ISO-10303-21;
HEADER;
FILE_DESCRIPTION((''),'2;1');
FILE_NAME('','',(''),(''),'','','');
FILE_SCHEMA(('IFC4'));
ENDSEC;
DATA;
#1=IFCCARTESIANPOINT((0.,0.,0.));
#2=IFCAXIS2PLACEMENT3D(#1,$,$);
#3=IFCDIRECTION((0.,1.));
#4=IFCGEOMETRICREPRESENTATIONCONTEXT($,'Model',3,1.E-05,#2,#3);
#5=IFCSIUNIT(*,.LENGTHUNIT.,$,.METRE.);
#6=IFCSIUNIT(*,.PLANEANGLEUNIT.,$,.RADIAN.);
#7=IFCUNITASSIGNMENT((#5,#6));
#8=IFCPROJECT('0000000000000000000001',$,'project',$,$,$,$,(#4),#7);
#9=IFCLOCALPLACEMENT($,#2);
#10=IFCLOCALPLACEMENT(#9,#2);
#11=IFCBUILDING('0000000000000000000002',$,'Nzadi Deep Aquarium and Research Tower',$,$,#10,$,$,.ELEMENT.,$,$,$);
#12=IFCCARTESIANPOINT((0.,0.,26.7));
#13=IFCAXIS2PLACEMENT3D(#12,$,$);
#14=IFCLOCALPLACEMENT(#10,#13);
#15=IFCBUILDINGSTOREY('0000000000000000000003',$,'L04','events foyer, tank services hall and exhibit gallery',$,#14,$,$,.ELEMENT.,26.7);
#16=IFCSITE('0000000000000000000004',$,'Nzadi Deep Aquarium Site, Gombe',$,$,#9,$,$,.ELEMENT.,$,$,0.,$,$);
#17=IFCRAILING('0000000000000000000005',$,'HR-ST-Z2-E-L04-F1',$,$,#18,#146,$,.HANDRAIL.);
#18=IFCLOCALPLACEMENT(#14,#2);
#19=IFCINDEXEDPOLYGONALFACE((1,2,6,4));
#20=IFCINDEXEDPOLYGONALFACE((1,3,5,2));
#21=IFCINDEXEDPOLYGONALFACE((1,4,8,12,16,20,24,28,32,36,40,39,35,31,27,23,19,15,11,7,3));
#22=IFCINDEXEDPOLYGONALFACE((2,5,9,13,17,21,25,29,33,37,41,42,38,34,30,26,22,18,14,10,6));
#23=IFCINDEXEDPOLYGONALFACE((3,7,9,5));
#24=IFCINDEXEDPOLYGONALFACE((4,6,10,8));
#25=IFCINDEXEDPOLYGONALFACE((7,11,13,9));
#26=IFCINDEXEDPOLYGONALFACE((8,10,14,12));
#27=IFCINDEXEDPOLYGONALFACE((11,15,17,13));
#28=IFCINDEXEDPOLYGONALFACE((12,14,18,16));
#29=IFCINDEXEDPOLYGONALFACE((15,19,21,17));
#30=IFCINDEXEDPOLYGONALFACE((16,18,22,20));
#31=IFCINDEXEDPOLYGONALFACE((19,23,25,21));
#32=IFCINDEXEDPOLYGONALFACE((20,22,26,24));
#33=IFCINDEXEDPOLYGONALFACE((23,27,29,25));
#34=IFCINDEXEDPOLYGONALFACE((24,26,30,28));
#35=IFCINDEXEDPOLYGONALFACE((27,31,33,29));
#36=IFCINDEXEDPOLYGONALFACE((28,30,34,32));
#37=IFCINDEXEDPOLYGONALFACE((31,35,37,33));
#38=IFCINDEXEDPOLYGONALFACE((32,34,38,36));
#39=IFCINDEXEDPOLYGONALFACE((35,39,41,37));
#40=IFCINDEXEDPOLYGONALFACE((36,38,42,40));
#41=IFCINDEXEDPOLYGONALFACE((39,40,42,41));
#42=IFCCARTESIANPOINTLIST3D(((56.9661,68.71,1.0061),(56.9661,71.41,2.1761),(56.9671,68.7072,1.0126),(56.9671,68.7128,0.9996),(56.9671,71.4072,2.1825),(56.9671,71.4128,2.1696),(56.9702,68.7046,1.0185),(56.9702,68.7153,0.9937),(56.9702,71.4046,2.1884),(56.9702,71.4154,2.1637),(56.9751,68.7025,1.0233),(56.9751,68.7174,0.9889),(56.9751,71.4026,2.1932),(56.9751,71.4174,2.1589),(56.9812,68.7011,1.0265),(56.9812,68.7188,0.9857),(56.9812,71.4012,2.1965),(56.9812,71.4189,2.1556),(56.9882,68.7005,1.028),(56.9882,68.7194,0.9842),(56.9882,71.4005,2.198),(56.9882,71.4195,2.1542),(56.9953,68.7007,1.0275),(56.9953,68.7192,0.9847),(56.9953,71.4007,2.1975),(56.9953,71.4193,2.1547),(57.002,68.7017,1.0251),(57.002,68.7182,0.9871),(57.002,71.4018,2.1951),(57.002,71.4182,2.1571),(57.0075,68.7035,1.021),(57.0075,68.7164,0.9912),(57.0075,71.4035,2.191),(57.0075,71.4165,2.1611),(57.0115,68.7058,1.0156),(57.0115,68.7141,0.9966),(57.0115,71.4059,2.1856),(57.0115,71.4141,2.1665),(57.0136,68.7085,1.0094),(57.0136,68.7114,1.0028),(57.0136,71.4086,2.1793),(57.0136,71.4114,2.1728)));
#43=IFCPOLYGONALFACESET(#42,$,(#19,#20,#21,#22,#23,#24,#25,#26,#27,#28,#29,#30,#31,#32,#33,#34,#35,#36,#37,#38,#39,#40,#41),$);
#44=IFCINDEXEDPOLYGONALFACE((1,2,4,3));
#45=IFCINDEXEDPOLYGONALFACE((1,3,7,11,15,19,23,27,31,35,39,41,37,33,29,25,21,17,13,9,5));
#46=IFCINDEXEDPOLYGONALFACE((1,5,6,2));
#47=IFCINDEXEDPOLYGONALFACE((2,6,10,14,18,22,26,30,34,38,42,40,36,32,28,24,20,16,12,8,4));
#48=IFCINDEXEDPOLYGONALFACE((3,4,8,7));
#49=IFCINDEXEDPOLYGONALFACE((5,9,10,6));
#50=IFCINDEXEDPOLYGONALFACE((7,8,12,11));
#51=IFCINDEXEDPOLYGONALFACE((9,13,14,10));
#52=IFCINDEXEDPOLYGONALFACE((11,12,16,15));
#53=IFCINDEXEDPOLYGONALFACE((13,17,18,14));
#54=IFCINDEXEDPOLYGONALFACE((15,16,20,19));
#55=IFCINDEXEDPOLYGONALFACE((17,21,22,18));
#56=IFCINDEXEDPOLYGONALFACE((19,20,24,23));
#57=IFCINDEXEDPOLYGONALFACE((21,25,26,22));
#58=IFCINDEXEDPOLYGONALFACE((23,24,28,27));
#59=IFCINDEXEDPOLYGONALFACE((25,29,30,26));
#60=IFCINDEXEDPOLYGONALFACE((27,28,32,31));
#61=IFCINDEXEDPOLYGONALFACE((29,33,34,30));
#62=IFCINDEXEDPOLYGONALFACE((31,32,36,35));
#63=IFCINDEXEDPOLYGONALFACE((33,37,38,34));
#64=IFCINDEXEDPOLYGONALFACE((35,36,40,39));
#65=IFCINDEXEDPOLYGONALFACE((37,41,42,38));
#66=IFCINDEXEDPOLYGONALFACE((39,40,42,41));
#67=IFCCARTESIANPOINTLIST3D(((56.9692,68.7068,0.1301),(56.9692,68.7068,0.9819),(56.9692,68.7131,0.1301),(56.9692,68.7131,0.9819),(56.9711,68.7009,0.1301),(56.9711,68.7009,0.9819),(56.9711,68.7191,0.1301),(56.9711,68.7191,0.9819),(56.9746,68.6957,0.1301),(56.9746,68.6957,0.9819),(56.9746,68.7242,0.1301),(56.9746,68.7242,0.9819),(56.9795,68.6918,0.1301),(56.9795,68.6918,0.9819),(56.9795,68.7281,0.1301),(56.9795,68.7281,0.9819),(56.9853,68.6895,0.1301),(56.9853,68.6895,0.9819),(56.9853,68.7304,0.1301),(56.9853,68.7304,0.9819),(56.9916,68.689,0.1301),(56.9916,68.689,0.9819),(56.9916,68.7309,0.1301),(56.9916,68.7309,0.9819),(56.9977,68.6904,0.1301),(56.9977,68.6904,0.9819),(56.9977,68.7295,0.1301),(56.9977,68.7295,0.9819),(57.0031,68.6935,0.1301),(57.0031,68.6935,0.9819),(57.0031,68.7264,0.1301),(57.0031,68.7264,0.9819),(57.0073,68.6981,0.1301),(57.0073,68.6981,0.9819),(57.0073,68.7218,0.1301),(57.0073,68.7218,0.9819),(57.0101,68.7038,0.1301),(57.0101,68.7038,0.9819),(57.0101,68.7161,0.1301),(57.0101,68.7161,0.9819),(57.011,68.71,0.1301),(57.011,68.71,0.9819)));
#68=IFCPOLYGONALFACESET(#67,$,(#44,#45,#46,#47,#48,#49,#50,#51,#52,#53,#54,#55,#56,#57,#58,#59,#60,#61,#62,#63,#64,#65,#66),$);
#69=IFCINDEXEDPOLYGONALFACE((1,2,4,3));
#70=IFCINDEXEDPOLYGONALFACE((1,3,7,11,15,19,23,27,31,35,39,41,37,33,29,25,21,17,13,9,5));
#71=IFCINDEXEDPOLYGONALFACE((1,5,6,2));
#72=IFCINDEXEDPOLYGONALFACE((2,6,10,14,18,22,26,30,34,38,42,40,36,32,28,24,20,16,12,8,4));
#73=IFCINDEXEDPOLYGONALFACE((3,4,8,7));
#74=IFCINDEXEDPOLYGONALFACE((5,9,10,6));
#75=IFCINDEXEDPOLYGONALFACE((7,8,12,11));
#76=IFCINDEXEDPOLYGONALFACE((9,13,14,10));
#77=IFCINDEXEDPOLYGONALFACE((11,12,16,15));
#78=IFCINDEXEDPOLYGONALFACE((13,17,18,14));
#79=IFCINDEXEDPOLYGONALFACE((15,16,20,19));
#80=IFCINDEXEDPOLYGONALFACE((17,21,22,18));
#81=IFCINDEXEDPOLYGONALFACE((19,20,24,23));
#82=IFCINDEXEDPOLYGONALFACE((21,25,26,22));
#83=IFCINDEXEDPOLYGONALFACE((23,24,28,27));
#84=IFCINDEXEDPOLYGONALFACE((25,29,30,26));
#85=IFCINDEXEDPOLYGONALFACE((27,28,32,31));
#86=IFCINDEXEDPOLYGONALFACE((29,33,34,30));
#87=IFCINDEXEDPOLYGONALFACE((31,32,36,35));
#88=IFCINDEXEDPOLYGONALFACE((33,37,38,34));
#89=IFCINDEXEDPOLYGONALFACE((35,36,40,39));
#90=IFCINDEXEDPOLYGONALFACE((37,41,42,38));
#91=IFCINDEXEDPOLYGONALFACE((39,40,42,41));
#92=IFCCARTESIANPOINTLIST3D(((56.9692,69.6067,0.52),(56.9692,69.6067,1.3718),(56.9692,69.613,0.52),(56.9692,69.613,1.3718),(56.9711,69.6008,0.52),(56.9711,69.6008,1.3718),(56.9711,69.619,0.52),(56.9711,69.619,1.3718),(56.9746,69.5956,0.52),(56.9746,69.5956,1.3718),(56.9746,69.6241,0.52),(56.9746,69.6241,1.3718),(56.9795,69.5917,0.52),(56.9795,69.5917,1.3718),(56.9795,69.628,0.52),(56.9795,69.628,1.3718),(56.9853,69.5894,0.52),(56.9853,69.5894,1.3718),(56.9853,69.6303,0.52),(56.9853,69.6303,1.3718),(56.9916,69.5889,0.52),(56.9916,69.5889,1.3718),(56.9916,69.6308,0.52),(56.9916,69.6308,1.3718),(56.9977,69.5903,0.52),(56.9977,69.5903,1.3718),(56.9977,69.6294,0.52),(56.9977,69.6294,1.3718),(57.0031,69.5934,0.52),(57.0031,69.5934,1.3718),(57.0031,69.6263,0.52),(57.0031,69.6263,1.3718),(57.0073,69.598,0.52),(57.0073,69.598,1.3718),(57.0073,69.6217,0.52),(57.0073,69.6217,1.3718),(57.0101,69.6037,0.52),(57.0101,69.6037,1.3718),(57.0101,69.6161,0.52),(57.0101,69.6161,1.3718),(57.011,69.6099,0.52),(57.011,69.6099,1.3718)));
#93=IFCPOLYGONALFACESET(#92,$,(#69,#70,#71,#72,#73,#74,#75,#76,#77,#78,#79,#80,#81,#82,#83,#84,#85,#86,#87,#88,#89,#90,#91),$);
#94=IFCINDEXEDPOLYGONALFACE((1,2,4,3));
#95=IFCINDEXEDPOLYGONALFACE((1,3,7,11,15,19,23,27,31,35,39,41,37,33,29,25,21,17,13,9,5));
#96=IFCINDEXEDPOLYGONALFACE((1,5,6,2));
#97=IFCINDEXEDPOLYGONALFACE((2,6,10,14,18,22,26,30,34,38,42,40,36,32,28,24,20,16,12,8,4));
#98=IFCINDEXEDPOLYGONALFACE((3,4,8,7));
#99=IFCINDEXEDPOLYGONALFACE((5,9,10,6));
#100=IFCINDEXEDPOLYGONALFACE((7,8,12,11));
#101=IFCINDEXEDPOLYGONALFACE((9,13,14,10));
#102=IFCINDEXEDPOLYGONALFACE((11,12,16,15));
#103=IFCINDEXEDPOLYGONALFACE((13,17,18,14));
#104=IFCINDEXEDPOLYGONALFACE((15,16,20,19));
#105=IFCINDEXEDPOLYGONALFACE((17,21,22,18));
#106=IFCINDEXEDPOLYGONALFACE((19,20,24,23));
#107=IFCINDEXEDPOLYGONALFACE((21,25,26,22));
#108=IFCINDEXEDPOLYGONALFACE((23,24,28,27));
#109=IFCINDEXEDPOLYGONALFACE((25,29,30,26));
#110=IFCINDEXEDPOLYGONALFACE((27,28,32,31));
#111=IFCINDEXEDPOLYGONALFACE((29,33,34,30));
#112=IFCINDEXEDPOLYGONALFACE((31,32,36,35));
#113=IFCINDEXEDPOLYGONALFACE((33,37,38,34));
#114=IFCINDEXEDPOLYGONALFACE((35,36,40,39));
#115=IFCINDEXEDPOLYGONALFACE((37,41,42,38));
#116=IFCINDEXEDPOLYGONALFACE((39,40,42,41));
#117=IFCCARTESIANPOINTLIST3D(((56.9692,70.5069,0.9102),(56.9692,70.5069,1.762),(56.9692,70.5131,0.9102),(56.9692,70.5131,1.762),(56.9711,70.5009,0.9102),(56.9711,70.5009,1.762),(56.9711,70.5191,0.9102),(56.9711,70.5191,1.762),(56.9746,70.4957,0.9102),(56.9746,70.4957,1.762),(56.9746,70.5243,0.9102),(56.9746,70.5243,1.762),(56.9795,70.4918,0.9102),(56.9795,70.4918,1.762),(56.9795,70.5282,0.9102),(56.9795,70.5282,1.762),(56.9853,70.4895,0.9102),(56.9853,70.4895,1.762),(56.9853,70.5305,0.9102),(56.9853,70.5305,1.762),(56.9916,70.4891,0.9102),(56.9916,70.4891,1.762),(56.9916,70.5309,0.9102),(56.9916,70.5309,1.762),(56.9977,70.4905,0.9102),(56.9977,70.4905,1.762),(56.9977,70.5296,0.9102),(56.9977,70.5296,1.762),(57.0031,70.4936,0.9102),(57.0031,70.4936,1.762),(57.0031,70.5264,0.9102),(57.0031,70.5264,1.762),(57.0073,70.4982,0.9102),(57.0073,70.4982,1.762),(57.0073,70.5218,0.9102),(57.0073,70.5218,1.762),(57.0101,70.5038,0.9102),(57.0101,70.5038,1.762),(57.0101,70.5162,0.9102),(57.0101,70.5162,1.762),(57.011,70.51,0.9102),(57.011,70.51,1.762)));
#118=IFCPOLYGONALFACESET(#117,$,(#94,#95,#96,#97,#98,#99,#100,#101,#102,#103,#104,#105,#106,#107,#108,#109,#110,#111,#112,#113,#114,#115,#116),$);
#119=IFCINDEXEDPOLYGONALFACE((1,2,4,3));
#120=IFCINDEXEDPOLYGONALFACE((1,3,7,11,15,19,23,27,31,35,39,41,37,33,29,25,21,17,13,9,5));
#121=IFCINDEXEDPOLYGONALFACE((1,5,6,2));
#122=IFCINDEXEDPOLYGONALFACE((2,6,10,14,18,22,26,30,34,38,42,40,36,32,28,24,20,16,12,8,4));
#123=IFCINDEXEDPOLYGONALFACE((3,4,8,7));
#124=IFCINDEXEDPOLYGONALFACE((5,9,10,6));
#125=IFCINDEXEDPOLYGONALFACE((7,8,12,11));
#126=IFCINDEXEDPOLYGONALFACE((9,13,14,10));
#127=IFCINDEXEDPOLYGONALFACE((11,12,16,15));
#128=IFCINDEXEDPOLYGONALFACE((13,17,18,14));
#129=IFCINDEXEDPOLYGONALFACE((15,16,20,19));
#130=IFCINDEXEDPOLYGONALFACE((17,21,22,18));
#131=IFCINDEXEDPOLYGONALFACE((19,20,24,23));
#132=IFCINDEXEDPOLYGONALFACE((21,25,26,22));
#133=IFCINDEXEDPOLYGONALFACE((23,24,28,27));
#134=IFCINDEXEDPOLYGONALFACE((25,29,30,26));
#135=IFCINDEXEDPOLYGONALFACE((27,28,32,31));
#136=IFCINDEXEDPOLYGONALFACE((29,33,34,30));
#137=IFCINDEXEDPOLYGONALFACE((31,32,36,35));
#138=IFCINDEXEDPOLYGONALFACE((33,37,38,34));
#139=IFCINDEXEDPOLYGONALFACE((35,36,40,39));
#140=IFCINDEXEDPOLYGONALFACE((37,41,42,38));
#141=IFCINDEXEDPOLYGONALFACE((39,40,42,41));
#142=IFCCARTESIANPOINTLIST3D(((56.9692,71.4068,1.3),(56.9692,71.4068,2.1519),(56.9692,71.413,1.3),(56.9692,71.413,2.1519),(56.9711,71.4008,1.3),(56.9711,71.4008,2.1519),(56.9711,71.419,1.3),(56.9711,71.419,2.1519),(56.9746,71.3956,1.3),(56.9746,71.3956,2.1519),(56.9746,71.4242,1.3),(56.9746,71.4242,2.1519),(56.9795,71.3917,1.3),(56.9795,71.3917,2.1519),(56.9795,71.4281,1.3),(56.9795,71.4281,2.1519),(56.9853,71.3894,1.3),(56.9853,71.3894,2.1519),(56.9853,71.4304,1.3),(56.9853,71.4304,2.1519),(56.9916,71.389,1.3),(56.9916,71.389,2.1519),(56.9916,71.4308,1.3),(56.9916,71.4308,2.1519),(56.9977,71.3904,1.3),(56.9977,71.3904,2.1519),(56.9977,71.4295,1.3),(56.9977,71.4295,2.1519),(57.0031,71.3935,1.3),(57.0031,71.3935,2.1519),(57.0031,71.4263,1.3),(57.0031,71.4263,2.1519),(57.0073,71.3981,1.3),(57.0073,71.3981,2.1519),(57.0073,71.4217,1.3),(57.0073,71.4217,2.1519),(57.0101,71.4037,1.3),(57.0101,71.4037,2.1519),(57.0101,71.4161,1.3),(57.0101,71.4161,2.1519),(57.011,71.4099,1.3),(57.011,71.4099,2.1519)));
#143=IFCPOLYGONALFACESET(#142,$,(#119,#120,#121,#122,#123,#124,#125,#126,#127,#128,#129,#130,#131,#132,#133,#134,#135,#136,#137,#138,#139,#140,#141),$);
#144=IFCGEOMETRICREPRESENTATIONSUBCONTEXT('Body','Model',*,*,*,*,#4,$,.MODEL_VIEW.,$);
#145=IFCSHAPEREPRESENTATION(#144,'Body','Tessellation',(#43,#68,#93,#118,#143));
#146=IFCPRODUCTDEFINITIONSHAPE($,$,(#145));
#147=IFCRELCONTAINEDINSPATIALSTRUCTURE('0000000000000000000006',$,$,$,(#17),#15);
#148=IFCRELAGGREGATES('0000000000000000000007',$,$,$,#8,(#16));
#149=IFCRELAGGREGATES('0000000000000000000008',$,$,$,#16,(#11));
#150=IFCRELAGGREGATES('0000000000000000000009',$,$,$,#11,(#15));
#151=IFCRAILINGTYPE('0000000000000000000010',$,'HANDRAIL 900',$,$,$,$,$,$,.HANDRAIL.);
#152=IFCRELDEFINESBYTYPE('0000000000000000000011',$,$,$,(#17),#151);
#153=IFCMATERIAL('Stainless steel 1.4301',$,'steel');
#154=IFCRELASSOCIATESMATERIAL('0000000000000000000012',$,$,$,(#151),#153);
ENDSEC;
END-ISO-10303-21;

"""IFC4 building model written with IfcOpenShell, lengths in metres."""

from ifc_helpers import new_model, si_unit, direction, frame, origin, origin_2d, place, context, subcontext, project, spatial, circle, extrude, material, type_object, element, save


model = new_model("IFC4")

# Units and contexts
model_context = context("Model", 3, precision=1e-05, world=origin(), true_north=direction((0.0, 1.0)))
body_context = subcontext(model_context, "Body", "Model", "MODEL_VIEW")
ifc_project = project(units=[si_unit("LENGTHUNIT", "METRE"), si_unit("PLANEANGLEUNIT", "RADIAN")], contexts=[model_context])

# Site, building, storey
site_placement = place(None, origin())
site = spatial("IfcSite", under=ifc_project, at=site_placement, Name="Nzadi Deep Aquarium Site, Gombe", CompositionType="ELEMENT", RefElevation=0.0)
building_placement = place(site_placement, origin())
building = spatial("IfcBuilding", under=site, at=building_placement, Name="Nzadi Deep Aquarium and Research Tower", CompositionType="ELEMENT")
storey_placement = place(building_placement, frame((0.0, 0.0, 26.7)))
storey = spatial("IfcBuildingStorey", under=building, at=storey_placement, Name="L04", Description="events foyer, tank services hall and exhibit gallery", CompositionType="ELEMENT", Elevation=26.7)

# Railing
ifc_material_1 = material(Name="Stainless steel 1.4301", Category="steel")
railing_type_1 = type_object("IfcRailingType", Name="HANDRAIL 900", PredefinedType="HANDRAIL", material=ifc_material_1)
for number, where, name in (
    (1, (56.99, 68.71, 0.1301), "HR-ST-Z2-E-L04-F1"),
):
    element("IfcRailing", number, at=place(storey_placement, frame(where)), inside=storey, type_object=railing_type_1, Name=name, PredefinedType="HANDRAIL", context=body_context, shape_type="SweptSolid", body=[
        extrude(circle(Radius=0.0239, at=origin_2d()), frame((0.0, 0.0, 0.876), z_axis=(0.0, 0.917563, 0.397591), x_axis=(-1.0, 0.0, 0.0)), (0.0, 0.0, 1.0), 2.9426),
        extrude(circle(Radius=0.021, at=origin_2d()), origin(), (0.0, 0.0, 1.0), 0.8518),
        extrude(circle(Radius=0.021, at=origin_2d()), frame((0.0, 0.8999, 0.3899)), (0.0, 0.0, 1.0), 0.8518),
        extrude(circle(Radius=0.021, at=origin_2d()), frame((0.0, 1.8, 0.78)), (0.0, 0.0, 1.0), 0.8518),
        extrude(circle(Radius=0.021, at=origin_2d()), frame((0.0, 2.7, 1.1699)), (0.0, 0.0, 1.0), 0.8518),
    ])

save(model, "model.ifc")
